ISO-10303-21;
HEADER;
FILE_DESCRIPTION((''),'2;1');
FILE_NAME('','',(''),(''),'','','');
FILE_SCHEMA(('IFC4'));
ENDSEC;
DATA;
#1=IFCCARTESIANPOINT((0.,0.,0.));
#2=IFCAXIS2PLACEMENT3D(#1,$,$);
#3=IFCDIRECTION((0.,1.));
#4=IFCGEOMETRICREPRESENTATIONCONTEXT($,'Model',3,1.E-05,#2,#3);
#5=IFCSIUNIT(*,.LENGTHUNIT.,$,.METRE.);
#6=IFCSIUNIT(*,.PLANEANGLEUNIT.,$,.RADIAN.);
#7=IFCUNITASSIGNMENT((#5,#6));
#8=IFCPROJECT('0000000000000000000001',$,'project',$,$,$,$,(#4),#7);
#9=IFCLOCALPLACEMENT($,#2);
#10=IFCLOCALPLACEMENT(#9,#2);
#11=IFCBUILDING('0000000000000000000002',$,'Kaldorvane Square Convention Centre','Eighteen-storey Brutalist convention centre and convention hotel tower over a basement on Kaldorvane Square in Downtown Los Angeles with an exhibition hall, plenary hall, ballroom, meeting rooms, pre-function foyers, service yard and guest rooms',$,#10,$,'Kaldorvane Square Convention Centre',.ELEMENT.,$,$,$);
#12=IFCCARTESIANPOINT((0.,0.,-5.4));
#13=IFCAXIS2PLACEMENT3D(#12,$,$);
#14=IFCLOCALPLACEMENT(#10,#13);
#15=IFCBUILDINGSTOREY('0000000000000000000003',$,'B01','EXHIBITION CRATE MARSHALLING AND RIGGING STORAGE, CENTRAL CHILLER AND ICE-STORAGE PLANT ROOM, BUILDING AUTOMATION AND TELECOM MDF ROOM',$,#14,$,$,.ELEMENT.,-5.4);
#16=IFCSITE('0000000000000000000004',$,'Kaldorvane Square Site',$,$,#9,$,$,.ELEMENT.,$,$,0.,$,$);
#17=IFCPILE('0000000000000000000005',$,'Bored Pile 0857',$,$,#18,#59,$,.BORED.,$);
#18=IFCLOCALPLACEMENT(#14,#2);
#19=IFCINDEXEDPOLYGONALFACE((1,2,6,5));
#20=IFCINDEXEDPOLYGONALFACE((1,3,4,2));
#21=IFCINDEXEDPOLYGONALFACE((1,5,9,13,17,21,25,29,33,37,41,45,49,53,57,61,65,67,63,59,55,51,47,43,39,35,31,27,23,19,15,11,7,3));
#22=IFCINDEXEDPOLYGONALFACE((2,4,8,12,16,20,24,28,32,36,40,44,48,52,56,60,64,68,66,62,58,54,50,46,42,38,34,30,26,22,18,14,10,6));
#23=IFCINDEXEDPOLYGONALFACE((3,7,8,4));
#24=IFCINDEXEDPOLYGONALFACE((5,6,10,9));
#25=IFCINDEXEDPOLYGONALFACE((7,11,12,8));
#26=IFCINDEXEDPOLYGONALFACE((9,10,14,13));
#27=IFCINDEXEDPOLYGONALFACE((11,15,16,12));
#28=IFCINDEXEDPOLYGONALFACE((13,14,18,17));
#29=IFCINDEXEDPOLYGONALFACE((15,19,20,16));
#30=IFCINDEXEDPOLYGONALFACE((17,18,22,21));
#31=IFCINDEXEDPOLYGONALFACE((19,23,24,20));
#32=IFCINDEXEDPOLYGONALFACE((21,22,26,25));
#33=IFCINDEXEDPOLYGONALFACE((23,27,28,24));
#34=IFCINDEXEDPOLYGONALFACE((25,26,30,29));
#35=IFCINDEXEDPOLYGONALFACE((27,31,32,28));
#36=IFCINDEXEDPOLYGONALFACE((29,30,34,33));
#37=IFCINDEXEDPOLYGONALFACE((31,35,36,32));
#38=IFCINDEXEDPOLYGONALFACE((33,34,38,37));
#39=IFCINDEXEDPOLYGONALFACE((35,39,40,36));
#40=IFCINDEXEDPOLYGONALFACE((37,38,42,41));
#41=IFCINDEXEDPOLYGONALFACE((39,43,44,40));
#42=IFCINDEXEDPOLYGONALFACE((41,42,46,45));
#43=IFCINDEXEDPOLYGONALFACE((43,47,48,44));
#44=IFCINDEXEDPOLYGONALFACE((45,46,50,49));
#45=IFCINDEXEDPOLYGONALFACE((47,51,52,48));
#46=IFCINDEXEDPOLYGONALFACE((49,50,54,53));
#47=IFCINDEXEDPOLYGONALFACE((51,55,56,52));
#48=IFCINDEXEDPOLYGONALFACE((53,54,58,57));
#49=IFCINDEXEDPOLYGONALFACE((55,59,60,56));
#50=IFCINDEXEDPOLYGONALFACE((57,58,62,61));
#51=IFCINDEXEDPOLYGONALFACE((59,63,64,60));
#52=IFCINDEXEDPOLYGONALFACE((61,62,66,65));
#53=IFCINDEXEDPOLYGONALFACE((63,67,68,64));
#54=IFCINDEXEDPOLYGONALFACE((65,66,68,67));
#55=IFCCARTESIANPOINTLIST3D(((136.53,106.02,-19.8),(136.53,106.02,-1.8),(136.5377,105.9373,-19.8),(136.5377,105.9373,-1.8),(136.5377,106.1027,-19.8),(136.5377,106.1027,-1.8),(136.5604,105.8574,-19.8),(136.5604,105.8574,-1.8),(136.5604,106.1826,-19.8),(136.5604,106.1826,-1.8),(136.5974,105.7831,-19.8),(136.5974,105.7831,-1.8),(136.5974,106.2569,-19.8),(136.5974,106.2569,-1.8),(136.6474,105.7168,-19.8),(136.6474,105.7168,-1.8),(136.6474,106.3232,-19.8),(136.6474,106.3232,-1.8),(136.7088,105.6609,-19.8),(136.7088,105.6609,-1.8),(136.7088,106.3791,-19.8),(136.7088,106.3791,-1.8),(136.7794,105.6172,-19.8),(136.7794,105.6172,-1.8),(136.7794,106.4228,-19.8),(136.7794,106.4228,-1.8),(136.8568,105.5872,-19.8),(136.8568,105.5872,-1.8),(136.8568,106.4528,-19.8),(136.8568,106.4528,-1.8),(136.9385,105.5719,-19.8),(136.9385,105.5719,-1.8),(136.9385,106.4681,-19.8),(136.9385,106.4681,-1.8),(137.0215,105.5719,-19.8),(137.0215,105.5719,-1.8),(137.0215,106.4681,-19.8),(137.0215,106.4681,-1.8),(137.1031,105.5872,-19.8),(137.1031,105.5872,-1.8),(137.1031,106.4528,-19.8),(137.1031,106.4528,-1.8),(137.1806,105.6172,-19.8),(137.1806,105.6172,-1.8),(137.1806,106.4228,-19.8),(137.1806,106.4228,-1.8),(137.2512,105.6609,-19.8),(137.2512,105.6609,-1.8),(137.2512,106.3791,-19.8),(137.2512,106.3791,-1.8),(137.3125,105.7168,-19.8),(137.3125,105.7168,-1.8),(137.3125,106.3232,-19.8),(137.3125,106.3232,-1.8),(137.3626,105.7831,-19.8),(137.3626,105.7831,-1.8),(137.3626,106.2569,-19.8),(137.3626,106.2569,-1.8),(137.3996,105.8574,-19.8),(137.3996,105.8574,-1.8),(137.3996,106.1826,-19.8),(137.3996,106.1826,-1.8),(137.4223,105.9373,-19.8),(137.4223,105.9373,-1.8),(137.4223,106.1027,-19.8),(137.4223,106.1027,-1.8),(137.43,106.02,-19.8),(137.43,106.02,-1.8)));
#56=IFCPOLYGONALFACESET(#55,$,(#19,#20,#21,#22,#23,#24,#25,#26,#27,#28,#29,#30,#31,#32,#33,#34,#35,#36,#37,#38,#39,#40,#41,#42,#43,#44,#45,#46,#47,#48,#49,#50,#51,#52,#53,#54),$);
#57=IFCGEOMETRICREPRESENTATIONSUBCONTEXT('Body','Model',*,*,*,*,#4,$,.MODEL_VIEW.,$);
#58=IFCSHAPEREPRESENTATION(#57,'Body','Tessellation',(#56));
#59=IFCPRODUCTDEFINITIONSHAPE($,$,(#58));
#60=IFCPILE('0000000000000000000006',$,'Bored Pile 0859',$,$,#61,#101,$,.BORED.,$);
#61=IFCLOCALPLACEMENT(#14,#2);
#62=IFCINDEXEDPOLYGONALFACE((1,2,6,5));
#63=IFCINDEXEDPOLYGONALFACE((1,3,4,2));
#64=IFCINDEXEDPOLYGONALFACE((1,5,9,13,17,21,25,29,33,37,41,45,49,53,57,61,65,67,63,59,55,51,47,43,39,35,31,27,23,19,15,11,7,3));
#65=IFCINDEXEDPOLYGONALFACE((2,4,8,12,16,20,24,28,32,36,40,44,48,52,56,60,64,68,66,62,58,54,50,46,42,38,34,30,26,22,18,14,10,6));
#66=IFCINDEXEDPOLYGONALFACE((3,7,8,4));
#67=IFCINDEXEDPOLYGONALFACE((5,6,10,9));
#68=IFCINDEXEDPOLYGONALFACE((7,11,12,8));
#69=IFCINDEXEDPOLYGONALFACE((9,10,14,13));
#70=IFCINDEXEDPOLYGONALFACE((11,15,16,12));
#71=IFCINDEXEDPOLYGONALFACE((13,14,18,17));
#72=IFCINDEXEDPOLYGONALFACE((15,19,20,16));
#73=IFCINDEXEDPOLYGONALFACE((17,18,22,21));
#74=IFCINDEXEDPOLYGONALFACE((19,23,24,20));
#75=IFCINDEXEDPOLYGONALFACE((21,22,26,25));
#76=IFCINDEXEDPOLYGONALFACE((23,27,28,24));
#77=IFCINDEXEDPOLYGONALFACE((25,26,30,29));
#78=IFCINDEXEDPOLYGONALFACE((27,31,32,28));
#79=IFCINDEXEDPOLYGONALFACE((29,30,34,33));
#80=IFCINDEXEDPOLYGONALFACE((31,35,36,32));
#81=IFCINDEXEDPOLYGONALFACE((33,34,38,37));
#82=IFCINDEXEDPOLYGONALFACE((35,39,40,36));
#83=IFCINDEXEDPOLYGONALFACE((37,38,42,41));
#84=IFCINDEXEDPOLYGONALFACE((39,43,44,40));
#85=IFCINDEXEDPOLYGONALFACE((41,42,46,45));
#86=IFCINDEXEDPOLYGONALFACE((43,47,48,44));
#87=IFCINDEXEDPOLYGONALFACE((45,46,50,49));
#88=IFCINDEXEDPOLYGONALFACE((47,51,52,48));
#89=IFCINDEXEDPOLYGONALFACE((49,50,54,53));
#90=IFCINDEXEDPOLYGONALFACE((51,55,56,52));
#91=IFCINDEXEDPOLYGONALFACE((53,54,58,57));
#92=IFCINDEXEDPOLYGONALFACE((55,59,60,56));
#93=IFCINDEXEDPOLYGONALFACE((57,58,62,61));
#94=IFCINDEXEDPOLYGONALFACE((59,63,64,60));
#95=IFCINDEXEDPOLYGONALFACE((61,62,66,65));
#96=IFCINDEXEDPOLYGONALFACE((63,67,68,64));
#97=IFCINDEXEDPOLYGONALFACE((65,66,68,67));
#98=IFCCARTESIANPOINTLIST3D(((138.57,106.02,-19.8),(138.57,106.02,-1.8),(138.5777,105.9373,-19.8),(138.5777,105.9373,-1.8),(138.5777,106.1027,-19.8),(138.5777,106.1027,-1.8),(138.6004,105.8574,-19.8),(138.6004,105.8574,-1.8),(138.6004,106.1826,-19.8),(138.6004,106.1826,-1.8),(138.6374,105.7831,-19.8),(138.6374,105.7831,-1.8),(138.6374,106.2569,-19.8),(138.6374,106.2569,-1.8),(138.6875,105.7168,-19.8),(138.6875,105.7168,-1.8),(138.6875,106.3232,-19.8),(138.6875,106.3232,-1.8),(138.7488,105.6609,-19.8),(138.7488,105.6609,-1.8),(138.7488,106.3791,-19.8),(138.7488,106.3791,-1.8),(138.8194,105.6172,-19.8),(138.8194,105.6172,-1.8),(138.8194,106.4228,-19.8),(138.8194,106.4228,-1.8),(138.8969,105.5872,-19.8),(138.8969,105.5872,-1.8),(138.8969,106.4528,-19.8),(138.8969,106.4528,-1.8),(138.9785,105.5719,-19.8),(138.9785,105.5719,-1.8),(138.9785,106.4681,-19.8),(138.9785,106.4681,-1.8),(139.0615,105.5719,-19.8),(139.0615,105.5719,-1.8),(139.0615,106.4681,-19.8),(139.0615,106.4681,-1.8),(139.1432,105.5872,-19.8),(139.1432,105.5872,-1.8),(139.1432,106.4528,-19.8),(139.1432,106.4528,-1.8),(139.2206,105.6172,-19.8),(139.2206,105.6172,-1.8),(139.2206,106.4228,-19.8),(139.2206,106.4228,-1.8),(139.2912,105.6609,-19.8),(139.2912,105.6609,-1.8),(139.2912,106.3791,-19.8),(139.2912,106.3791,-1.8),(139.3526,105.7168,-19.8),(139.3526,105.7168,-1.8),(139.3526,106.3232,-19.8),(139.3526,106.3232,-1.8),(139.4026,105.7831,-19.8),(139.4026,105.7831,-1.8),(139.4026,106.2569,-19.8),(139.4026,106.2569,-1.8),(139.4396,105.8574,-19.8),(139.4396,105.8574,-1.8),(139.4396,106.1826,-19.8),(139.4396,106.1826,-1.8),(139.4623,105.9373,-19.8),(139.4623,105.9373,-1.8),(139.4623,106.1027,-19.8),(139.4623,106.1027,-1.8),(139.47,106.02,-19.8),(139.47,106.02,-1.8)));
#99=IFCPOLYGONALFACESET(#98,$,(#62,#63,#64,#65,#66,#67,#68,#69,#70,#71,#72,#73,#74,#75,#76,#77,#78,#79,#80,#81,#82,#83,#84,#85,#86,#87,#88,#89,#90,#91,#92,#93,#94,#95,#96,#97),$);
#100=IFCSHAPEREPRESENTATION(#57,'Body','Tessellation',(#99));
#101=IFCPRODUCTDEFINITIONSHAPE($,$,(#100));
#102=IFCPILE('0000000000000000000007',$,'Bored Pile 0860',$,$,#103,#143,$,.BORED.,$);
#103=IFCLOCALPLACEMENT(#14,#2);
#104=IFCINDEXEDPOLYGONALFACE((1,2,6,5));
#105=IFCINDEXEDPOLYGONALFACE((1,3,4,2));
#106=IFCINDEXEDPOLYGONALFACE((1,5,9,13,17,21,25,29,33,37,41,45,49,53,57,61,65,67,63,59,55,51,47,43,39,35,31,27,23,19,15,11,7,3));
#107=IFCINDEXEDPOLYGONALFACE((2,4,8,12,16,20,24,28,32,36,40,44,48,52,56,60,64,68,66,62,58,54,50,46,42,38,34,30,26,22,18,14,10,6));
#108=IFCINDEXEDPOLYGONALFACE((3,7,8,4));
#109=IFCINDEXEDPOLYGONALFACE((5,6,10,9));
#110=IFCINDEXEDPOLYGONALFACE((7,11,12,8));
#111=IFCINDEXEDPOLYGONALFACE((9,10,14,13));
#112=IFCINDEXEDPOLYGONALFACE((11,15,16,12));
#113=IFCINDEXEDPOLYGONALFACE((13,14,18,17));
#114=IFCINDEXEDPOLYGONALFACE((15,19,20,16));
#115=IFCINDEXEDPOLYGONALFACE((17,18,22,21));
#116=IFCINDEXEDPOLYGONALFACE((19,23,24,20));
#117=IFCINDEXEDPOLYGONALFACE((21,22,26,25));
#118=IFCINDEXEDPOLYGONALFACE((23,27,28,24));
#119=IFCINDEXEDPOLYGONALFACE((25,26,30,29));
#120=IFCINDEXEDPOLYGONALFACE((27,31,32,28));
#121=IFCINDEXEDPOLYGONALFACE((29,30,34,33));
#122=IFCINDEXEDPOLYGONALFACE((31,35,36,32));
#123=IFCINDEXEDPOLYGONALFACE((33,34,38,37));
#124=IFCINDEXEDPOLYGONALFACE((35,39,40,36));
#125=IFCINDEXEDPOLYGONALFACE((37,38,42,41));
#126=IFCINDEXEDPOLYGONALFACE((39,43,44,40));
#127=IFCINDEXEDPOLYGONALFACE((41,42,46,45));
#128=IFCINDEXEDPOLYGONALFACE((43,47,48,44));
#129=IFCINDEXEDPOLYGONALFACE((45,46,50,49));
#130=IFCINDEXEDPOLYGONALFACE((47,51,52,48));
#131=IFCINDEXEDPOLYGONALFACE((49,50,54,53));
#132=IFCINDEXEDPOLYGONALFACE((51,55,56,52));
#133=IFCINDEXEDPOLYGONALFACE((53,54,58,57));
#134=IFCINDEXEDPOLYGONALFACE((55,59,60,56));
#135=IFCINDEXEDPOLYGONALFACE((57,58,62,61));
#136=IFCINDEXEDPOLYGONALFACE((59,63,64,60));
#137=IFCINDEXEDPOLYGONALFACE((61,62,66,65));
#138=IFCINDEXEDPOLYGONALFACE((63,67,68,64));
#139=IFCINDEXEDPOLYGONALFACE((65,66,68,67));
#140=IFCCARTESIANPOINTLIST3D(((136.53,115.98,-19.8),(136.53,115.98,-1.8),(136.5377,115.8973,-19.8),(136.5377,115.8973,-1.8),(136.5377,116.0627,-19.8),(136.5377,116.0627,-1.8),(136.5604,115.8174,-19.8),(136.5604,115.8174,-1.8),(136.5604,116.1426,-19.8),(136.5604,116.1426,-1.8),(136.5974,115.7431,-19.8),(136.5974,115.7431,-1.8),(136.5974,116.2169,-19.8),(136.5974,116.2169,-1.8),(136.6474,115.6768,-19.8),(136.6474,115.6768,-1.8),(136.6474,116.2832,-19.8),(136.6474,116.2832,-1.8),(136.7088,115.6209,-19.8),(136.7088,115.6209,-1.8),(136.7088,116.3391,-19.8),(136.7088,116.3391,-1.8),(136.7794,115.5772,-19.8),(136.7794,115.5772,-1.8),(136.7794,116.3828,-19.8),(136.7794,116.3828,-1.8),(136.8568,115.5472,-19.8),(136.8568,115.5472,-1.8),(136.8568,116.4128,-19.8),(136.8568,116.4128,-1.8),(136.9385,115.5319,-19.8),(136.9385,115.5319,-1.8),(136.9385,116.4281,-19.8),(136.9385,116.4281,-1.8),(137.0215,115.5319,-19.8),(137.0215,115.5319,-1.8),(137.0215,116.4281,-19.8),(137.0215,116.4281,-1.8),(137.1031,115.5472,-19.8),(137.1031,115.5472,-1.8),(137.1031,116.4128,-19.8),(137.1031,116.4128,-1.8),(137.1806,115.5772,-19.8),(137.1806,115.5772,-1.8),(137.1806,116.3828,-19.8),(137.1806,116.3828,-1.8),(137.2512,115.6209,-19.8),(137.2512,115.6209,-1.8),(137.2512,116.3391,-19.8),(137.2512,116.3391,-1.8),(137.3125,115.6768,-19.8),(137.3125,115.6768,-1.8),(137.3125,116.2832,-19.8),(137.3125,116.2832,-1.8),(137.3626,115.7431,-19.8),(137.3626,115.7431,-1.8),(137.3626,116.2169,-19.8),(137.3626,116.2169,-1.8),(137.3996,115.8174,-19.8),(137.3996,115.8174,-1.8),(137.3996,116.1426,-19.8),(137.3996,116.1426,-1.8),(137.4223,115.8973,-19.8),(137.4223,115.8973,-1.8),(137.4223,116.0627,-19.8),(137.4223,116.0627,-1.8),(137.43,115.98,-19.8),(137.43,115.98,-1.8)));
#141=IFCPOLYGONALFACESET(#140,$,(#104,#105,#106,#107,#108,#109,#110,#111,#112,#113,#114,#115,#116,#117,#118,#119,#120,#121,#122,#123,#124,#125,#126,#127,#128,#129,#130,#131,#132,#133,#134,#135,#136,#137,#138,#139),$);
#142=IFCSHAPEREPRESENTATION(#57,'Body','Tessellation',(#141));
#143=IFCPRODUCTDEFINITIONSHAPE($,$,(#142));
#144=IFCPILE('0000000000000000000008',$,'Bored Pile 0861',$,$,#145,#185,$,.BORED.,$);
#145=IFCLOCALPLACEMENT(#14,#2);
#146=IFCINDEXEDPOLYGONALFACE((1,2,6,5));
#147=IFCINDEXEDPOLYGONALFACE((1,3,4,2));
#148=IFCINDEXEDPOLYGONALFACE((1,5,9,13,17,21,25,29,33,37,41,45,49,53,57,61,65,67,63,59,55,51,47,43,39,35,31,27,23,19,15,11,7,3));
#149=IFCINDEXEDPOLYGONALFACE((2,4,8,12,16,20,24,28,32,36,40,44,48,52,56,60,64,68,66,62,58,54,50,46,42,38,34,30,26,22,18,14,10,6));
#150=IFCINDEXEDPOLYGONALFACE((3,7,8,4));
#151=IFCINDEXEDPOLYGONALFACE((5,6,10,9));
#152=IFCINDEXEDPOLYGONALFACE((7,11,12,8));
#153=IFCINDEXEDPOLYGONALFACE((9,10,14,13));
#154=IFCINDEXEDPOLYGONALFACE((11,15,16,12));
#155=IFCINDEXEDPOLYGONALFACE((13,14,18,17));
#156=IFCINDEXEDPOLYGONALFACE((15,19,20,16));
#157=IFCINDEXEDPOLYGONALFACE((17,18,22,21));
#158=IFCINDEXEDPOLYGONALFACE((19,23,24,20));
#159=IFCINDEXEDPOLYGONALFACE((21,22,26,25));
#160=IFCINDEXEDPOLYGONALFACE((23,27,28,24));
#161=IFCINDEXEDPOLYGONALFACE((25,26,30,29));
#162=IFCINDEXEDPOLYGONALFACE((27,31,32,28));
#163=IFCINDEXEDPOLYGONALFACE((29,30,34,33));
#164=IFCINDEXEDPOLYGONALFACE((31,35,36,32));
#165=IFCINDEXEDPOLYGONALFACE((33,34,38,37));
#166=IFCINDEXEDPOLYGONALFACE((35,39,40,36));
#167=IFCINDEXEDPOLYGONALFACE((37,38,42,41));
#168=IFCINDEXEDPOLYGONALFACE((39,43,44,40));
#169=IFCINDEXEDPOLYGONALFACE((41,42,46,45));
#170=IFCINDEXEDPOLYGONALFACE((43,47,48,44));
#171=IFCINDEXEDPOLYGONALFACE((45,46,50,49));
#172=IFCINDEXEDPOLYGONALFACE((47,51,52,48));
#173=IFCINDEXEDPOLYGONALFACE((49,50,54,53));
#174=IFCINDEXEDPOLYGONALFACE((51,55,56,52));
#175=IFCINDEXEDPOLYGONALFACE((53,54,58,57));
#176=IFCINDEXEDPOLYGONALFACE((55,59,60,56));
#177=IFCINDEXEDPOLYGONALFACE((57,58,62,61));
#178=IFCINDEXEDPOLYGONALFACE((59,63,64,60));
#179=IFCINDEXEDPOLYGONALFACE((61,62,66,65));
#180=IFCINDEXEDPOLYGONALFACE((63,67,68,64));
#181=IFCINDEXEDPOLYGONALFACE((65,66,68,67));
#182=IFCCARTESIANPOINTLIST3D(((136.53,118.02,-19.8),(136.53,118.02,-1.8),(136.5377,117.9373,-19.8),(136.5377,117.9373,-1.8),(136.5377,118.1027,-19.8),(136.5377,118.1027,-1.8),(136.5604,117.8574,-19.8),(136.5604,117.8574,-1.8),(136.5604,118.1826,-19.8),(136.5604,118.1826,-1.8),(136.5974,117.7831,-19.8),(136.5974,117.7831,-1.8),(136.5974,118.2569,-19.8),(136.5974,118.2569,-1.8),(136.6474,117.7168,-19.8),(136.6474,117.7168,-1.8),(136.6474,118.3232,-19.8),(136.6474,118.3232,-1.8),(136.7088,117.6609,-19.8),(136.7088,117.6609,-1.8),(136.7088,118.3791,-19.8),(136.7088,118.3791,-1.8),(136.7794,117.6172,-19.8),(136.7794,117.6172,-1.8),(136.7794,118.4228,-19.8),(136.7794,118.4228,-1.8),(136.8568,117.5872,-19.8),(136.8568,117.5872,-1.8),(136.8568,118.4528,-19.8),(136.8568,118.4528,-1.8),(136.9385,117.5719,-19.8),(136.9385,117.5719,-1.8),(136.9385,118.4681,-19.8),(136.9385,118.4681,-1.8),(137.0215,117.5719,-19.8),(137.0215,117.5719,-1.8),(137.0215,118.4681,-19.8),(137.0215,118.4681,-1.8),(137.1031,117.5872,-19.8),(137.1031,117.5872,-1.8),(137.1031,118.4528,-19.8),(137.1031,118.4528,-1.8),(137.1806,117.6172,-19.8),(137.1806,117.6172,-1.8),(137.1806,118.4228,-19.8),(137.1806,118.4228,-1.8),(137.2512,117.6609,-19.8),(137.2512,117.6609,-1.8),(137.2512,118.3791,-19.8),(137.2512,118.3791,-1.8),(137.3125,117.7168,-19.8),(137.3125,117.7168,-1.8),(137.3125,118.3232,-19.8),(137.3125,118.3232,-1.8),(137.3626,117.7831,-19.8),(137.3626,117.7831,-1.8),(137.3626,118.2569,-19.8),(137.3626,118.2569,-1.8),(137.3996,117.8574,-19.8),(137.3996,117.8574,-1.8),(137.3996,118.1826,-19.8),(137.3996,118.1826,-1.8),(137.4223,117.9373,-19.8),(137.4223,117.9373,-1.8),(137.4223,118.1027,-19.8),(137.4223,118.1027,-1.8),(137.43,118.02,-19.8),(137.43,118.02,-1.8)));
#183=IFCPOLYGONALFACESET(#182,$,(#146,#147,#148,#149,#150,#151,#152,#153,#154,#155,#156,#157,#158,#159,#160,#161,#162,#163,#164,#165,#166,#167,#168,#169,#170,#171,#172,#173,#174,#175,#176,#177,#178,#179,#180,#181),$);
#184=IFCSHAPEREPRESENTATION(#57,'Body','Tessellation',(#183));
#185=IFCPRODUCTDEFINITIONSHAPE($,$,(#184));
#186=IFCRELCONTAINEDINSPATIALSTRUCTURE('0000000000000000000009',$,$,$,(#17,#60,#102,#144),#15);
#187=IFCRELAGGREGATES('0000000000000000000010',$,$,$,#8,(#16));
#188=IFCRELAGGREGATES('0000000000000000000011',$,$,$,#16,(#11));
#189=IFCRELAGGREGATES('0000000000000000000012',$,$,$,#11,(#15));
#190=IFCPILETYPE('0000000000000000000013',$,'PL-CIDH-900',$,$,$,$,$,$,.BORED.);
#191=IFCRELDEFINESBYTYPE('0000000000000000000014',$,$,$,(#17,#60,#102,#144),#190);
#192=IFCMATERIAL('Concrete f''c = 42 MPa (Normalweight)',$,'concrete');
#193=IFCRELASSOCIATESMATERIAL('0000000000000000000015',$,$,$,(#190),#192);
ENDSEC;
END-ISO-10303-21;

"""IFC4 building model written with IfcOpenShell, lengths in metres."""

from ifc_helpers import new_model, si_unit, direction, frame, origin, origin_2d, place, context, subcontext, project, spatial, circle, extrude, material, material_profile, profile_set, type_object, element, save


model = new_model("IFC4")

# Units and contexts
model_context = context("Model", 3, precision=1e-05, world=origin(), true_north=direction((0.0, 1.0)))
body_context = subcontext(model_context, "Body", "Model", "MODEL_VIEW")
ifc_project = project(units=[si_unit("LENGTHUNIT", "METRE"), si_unit("PLANEANGLEUNIT", "RADIAN")], contexts=[model_context])

# Site, building, storey
site_placement = place(None, origin())
site = spatial("IfcSite", under=ifc_project, at=site_placement, Name="Kaldorvane Square Site", CompositionType="ELEMENT", RefElevation=0.0)
building_placement = place(site_placement, origin())
building = spatial("IfcBuilding", under=site, at=building_placement, Name="Kaldorvane Square Convention Centre", Description="Eighteen-storey Brutalist convention centre and convention hotel tower over a basement on Kaldorvane Square in Downtown Los Angeles with an exhibition hall, plenary hall, ballroom, meeting rooms, pre-function foyers, service yard and guest rooms", LongName="Kaldorvane Square Convention Centre", CompositionType="ELEMENT")
storey_placement = place(building_placement, frame((0.0, 0.0, -5.4)))
storey = spatial("IfcBuildingStorey", under=building, at=storey_placement, Name="B01", Description="EXHIBITION CRATE MARSHALLING AND RIGGING STORAGE, CENTRAL CHILLER AND ICE-STORAGE PLANT ROOM, BUILDING AUTOMATION AND TELECOM MDF ROOM", CompositionType="ELEMENT", Elevation=-5.4)

# Shared definitions
ifc_material_1 = material(Name="Concrete f'c = 42 MPa (Normalweight)", Category="concrete")

# Piles
ifc_material_profile_1 = material_profile(ifc_material_1, circle(Radius=0.45, at=origin_2d()), Name="PILE-D900")
ifc_profile_set_1 = profile_set([ifc_material_profile_1], Name="Concrete f'c = 42 MPa (Normalweight)")
pile_type = type_object("IfcPileType", Name="PL-CIDH-900", PredefinedType="BORED", material=ifc_profile_set_1)
for number, where, z_axis, x_axis, name in (
    (1, (136.98, 106.02, -1.8), (0.0, 0.0, -1.0), (1.0, 0.0, 0.0), "Bored Pile 0857"),
    (2, (139.02, 106.02, -1.8), (0.0, 0.0, -1.0), (1.0, 0.0, 0.0), "Bored Pile 0859"),
    (3, (136.98, 115.98, -1.8), (0.0, 0.0, -1.0), (1.0, 0.0, 0.0), "Bored Pile 0860"),
    (4, (136.98, 118.02, -1.8), (0.0, 0.0, -1.0), (1.0, 0.0, 0.0), "Bored Pile 0861"),
):
    element("IfcPile", number, at=place(storey_placement, frame(where, z_axis=z_axis, x_axis=x_axis)), inside=storey, type_object=pile_type, Name=name, PredefinedType="BORED", context=body_context, shape_type="SweptSolid", body=[
        extrude(circle(Radius=0.45, at=origin_2d()), origin(), (0.0, 0.0, 1.0), 18.0),
    ])

save(model, "model.ifc")
